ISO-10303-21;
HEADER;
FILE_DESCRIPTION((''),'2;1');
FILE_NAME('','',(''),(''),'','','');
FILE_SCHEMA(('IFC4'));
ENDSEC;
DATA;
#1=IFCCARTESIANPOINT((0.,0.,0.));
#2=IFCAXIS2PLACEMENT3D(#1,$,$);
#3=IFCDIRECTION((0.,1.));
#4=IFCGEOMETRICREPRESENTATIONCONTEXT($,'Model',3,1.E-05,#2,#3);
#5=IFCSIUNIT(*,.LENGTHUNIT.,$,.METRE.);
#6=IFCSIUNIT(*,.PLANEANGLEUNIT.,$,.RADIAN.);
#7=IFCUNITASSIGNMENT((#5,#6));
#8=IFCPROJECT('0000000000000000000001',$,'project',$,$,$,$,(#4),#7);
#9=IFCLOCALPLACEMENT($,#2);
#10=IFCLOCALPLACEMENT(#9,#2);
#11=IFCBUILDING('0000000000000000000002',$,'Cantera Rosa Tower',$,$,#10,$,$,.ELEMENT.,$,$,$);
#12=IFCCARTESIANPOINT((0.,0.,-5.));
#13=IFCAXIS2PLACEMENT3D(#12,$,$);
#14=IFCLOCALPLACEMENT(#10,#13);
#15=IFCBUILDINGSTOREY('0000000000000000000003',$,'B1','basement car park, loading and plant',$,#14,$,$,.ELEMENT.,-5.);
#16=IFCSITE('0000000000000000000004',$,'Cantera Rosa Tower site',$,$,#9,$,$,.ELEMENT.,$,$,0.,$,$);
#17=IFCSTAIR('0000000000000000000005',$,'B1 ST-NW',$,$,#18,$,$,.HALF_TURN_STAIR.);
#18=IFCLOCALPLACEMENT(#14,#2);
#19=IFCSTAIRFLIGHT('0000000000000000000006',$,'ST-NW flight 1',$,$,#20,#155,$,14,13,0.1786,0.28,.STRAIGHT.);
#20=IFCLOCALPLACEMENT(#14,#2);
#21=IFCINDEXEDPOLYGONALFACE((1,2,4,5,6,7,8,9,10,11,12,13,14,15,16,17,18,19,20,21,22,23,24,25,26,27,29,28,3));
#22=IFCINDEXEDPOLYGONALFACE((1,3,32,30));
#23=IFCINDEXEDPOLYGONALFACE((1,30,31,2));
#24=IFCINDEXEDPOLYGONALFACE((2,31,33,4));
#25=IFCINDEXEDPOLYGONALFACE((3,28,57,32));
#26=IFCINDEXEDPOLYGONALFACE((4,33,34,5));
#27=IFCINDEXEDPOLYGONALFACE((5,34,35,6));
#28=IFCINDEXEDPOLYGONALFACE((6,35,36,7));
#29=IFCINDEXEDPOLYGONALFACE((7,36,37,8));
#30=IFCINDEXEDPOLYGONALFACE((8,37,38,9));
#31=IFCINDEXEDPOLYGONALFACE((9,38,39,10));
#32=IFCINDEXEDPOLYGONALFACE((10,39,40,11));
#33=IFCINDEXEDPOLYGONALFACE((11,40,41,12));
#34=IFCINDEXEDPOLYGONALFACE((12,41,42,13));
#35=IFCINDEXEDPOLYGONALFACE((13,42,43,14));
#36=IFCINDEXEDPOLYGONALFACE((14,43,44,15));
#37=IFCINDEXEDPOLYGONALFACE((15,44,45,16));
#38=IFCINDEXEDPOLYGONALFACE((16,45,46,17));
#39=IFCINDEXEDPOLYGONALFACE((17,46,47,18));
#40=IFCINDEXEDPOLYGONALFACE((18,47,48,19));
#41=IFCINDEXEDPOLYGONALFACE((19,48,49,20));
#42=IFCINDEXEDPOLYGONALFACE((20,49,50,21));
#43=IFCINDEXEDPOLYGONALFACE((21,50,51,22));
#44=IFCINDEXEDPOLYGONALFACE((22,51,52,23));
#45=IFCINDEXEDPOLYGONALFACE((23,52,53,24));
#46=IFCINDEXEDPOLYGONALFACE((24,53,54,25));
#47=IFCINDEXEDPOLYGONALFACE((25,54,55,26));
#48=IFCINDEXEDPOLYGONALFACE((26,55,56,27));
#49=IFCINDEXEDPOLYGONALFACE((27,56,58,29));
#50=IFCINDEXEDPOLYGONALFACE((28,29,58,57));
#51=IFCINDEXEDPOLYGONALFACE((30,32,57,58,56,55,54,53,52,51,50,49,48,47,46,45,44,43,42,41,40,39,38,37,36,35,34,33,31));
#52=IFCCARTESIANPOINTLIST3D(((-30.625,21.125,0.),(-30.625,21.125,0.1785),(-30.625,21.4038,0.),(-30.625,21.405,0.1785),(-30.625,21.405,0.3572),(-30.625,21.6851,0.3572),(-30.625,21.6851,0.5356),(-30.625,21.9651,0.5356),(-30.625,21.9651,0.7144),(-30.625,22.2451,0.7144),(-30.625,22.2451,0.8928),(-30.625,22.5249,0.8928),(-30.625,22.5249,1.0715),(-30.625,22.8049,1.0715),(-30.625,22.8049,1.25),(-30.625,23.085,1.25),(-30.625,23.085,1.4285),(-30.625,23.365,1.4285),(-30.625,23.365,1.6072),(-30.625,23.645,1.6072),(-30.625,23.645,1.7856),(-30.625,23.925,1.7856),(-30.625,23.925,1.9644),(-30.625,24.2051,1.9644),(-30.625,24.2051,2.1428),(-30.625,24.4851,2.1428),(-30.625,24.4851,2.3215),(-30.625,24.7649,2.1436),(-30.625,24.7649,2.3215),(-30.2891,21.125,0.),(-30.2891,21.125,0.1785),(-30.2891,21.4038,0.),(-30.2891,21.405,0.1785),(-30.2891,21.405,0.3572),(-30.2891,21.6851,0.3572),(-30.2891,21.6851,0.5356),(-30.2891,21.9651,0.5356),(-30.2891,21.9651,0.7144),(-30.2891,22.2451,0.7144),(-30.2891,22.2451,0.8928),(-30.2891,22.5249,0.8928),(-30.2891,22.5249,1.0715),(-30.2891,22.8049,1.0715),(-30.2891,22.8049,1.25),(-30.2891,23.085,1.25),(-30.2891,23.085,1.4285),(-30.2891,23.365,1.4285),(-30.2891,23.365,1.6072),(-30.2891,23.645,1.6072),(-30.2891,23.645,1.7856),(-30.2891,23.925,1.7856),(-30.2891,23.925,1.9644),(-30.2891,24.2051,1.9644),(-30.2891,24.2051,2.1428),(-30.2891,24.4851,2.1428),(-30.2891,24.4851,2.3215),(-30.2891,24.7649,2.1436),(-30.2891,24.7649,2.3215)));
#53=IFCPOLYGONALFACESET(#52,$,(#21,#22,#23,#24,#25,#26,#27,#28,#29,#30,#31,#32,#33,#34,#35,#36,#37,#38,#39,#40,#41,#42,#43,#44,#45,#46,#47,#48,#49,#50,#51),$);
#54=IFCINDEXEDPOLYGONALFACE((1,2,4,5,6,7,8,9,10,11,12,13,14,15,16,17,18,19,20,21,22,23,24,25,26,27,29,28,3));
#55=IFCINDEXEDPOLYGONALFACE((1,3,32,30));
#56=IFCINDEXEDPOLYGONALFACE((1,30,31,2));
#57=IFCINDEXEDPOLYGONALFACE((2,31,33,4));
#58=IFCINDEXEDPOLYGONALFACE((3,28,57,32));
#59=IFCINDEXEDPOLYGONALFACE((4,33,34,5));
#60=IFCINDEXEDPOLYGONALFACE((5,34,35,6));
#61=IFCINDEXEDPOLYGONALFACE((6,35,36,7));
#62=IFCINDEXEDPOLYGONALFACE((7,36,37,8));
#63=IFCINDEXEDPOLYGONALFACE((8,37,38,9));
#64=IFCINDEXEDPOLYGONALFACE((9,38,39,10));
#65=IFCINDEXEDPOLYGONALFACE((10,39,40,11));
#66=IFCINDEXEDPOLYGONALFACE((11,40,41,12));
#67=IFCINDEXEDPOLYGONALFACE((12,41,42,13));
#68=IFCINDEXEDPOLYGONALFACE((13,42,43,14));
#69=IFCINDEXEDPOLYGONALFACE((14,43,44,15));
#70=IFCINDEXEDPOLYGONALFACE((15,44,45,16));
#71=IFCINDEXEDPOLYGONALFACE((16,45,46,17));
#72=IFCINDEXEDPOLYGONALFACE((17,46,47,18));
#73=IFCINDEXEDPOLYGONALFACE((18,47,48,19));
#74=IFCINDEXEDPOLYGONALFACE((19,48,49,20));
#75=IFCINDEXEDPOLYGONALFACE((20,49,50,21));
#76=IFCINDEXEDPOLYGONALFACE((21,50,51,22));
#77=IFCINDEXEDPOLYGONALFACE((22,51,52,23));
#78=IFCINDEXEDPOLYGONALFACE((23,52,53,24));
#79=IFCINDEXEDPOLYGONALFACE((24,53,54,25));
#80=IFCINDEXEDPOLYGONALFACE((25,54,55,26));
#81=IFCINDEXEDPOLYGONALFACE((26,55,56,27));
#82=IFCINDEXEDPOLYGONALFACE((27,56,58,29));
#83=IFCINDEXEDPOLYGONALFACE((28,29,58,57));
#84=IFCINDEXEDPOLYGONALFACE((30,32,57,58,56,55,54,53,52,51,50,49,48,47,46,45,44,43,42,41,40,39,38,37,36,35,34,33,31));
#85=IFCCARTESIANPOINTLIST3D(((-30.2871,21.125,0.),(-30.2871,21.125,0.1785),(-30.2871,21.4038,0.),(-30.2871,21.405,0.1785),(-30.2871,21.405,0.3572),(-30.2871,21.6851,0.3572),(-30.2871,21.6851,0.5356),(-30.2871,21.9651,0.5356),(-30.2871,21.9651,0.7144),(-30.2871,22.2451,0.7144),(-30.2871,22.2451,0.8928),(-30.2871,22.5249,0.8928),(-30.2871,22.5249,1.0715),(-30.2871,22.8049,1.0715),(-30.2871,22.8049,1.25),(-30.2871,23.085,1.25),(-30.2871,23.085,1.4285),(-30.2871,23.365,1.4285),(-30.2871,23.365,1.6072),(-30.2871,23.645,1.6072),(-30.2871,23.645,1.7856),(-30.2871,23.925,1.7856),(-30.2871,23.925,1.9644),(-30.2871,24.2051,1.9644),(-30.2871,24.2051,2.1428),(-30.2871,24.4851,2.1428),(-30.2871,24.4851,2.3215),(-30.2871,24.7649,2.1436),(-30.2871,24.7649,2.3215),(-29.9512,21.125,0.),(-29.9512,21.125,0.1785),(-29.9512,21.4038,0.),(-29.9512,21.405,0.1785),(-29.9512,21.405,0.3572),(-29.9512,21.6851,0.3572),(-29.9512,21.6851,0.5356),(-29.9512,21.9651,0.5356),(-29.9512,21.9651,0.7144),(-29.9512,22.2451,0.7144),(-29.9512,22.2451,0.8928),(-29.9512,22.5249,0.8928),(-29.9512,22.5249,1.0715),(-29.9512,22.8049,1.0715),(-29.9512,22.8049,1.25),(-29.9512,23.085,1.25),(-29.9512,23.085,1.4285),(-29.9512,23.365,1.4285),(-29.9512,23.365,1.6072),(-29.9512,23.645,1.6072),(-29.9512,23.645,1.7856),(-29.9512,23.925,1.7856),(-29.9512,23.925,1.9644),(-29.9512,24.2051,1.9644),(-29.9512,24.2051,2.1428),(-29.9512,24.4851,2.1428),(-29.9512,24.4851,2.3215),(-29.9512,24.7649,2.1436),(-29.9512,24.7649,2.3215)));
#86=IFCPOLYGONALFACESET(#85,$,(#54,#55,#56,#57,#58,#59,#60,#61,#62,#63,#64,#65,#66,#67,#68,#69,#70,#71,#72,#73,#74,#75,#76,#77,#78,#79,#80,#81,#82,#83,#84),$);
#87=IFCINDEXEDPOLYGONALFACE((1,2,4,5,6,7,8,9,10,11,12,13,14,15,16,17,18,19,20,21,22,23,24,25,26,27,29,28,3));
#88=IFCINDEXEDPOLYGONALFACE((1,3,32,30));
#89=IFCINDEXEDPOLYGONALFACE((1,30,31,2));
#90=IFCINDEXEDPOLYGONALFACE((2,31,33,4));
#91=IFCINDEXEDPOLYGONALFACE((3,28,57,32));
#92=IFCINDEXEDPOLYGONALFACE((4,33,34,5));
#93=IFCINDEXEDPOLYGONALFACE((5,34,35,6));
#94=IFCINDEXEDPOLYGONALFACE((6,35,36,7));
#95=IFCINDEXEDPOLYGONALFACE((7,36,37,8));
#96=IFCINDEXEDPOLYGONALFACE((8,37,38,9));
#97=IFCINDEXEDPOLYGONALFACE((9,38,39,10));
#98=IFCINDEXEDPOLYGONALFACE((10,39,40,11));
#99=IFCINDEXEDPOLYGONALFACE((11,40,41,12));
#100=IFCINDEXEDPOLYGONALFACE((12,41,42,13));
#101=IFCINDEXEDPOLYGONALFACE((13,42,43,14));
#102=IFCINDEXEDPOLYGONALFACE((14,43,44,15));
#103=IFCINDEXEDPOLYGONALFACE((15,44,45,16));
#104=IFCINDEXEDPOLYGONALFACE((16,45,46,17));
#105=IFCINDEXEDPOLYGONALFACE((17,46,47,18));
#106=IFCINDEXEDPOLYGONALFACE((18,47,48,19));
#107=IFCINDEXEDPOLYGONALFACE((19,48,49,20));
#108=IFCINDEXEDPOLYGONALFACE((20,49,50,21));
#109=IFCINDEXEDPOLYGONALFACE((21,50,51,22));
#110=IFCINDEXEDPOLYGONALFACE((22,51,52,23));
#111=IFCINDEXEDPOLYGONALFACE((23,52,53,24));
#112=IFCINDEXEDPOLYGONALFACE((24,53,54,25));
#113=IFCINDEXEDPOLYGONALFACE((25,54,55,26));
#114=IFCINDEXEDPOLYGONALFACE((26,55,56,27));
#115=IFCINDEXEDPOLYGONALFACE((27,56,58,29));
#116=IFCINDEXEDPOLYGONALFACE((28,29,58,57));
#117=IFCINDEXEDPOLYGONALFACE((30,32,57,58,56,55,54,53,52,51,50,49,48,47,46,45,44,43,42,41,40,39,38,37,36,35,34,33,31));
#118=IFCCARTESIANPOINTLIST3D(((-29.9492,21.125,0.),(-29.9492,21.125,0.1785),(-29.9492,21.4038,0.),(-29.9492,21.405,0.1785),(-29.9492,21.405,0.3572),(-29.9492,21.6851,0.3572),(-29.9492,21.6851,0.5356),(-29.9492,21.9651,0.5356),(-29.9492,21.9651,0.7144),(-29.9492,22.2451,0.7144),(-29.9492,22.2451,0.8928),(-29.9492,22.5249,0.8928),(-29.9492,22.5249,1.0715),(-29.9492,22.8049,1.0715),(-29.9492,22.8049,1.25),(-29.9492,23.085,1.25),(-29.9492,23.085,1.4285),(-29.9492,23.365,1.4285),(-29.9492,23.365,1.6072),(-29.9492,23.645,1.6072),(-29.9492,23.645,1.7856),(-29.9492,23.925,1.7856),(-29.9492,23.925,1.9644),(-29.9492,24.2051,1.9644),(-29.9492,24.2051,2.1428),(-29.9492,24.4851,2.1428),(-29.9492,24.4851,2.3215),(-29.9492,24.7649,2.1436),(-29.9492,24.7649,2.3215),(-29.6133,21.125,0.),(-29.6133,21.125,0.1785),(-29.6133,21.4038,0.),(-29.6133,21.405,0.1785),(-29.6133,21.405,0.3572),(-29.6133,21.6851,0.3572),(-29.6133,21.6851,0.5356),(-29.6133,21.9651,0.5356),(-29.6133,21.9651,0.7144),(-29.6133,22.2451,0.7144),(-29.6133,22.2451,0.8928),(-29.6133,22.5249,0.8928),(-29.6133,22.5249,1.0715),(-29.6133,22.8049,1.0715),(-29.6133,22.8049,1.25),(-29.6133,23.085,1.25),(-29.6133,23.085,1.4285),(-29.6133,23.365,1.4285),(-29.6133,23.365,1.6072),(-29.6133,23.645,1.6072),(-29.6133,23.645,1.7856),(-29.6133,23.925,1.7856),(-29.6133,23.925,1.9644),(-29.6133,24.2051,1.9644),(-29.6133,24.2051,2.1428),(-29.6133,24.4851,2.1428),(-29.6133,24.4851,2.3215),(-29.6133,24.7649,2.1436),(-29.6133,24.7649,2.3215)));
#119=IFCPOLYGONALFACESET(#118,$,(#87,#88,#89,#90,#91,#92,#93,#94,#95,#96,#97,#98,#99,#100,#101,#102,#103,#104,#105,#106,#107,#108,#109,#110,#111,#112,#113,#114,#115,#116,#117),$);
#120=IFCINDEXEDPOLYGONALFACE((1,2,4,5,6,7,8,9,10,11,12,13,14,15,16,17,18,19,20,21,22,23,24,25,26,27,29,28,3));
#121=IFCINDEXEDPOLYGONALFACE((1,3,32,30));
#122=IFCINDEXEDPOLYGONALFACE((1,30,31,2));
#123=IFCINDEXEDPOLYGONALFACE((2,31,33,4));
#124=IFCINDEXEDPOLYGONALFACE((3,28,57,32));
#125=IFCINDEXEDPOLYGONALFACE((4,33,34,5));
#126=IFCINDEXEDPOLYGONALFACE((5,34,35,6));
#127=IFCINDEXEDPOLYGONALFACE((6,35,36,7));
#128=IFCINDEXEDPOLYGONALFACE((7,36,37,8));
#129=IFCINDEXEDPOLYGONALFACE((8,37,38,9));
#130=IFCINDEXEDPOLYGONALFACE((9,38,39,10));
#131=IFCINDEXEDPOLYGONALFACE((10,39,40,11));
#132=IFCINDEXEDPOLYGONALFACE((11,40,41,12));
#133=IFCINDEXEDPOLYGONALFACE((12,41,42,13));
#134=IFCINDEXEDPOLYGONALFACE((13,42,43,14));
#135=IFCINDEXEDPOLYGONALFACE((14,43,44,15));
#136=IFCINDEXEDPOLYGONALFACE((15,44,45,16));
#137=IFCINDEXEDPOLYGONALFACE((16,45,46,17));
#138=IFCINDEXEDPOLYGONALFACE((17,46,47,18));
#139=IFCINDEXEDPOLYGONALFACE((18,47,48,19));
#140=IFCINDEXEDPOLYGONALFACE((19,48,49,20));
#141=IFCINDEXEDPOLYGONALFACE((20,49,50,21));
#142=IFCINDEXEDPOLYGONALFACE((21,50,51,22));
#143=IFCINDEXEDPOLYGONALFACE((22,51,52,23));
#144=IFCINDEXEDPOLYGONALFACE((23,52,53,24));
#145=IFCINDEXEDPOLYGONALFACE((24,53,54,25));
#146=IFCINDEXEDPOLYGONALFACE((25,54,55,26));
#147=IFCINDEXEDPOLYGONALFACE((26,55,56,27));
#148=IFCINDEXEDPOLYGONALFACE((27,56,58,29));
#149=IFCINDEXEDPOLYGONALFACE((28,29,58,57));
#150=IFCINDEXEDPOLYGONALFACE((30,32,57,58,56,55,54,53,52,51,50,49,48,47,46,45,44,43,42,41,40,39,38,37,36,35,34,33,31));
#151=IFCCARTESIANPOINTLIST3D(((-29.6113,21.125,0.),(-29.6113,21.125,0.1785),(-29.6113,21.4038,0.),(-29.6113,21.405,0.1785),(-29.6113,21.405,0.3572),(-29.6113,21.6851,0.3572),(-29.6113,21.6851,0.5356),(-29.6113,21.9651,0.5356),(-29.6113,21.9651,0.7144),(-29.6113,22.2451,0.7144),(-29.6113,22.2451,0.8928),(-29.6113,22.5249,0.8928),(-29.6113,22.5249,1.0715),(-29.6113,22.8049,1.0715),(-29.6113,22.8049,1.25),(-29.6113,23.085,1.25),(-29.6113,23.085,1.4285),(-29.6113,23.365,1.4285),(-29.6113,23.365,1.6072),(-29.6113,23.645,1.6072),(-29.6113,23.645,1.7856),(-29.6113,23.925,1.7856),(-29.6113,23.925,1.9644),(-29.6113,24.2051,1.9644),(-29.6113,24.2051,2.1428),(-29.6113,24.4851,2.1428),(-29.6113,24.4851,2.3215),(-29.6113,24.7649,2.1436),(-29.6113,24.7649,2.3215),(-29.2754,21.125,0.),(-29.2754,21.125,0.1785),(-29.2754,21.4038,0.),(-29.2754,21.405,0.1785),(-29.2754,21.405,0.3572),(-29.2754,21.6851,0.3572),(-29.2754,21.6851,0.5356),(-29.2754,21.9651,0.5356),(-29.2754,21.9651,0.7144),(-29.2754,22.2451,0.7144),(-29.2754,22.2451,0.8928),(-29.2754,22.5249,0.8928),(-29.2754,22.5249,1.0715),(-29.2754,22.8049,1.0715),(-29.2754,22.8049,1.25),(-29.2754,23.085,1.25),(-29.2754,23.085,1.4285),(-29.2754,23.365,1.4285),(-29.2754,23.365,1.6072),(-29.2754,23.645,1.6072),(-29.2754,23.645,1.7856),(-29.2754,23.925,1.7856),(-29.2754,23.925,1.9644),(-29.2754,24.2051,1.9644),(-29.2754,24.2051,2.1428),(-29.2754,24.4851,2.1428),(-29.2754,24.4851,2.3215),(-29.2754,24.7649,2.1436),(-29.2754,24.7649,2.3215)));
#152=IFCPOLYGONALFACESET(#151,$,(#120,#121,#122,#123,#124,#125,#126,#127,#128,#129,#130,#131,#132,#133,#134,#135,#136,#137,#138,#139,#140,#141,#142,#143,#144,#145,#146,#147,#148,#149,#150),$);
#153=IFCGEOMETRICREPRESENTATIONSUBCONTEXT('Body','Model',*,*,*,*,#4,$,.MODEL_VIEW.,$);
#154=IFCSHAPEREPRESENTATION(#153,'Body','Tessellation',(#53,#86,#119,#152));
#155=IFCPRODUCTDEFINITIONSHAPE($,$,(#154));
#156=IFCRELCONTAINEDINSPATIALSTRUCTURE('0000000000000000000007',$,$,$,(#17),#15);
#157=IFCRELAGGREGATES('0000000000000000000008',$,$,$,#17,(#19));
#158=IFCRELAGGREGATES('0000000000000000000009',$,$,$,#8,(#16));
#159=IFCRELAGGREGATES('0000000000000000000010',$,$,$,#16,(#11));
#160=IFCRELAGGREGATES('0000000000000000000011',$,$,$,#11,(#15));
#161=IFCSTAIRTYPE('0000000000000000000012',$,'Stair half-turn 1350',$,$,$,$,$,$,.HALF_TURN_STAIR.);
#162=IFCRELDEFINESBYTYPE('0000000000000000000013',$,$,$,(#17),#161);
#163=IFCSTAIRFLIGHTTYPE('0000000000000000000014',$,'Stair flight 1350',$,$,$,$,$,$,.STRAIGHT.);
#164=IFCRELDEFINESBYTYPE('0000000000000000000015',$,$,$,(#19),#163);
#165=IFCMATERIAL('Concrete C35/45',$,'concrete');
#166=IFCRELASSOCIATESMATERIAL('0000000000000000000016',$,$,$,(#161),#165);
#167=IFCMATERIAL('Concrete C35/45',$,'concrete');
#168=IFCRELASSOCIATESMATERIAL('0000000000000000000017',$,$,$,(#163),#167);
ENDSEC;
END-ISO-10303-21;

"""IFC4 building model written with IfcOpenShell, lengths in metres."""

from ifc_helpers import new_model, si_unit, direction, frame, origin, place, context, subcontext, project, spatial, polyline, outline, extrude, material, type_object, element, aggregate, save


model = new_model("IFC4")

# Units and contexts
model_context = context("Model", 3, precision=1e-05, world=origin(), true_north=direction((0.0, 1.0)))
body_context = subcontext(model_context, "Body", "Model", "MODEL_VIEW")
ifc_project = project(units=[si_unit("LENGTHUNIT", "METRE"), si_unit("PLANEANGLEUNIT", "RADIAN")], contexts=[model_context])

# Site, building, storey
site_placement = place(None, origin())
site = spatial("IfcSite", under=ifc_project, at=site_placement, Name="Cantera Rosa Tower site", CompositionType="ELEMENT", RefElevation=0.0)
building_placement = place(site_placement, origin())
building = spatial("IfcBuilding", under=site, at=building_placement, Name="Cantera Rosa Tower", CompositionType="ELEMENT")
storey_placement = place(building_placement, frame((0.0, 0.0, -5.0)))
storey = spatial("IfcBuildingStorey", under=building, at=storey_placement, Name="B1", Description="basement car park, loading and plant", CompositionType="ELEMENT", Elevation=-5.0)

# Stair, stair flight
ifc_material_1 = material(Name="Concrete C35/45", Category="concrete")
stair_type = type_object("IfcStairType", Name="Stair half-turn 1350", PredefinedType="HALF_TURN_STAIR", material=ifc_material_1)
stair_placement = place(storey_placement, origin())
stair = element("IfcStair", 1, at=stair_placement, inside=storey, type_object=stair_type, Name="B1 ST-NW", PredefinedType="HALF_TURN_STAIR")
ifc_material_2 = material(Name="Concrete C35/45", Category="concrete")
stair_flight_type = type_object("IfcStairFlightType", Name="Stair flight 1350", PredefinedType="STRAIGHT", material=ifc_material_2)
stair_flight_1_placement = place(storey_placement, frame((-29.95, 21.125, 0.0), z_axis=(0.0, 0.0, 1.0), x_axis=(0.0, 1.0, 0.0)))
stair_flight_1 = element("IfcStairFlight", 2, at=stair_flight_1_placement, type_object=stair_flight_type, Name="ST-NW flight 1", NumberOfRisers=14, NumberOfTreads=13, PredefinedType="STRAIGHT", RiserHeight=0.1786, TreadLength=0.28, context=body_context, shape_type="SweptSolid", body=[
    extrude(outline(polyline([(0.0, 0.0), (0.0, 0.1785), (0.28, 0.1785), (0.28, 0.3572), (0.5601, 0.3572), (0.5601, 0.5356), (0.8401, 0.5356), (0.8401, 0.7144), (1.1201, 0.7144), (1.1201, 0.8928), (1.3999, 0.8928), (1.3999, 1.0715), (1.6799, 1.0715), (1.6799, 1.25), (1.96, 1.25), (1.96, 1.4285), (2.24, 1.4285), (2.24, 1.6072), (2.52, 1.6072), (2.52, 1.7856), (2.8, 1.7856), (2.8, 1.9644), (3.0801, 1.9644), (3.0801, 2.1428), (3.3601, 2.1428), (3.3601, 2.3215), (3.6399, 2.3215), (3.6399, 2.5), (3.6399, 2.1436), (0.2788, 0.0), (0.0, 0.0)])), frame((0.0, 0.675, 0.0), z_axis=(0.0, -1.0, 0.0), x_axis=(1.0, 0.0, 0.0)), (0.0, 0.0, 1.0), 0.3359),
    extrude(outline(polyline([(0.0, 0.0), (0.0, 0.1785), (0.28, 0.1785), (0.28, 0.3572), (0.5601, 0.3572), (0.5601, 0.5356), (0.8401, 0.5356), (0.8401, 0.7144), (1.1201, 0.7144), (1.1201, 0.8928), (1.3999, 0.8928), (1.3999, 1.0715), (1.6799, 1.0715), (1.6799, 1.25), (1.96, 1.25), (1.96, 1.4285), (2.24, 1.4285), (2.24, 1.6072), (2.52, 1.6072), (2.52, 1.7856), (2.8, 1.7856), (2.8, 1.9644), (3.0801, 1.9644), (3.0801, 2.1428), (3.3601, 2.1428), (3.3601, 2.3215), (3.6399, 2.3215), (3.6399, 2.5), (3.6399, 2.1436), (0.2788, 0.0), (0.0, 0.0)])), frame((0.0, 0.3372, 0.0), z_axis=(0.0, -1.0, 0.0), x_axis=(1.0, 0.0, 0.0)), (0.0, 0.0, 1.0), 0.3359),
    extrude(outline(polyline([(0.0, 0.0), (0.0, 0.1785), (0.28, 0.1785), (0.28, 0.3572), (0.5601, 0.3572), (0.5601, 0.5356), (0.8401, 0.5356), (0.8401, 0.7144), (1.1201, 0.7144), (1.1201, 0.8928), (1.3999, 0.8928), (1.3999, 1.0715), (1.6799, 1.0715), (1.6799, 1.25), (1.96, 1.25), (1.96, 1.4285), (2.24, 1.4285), (2.24, 1.6072), (2.52, 1.6072), (2.52, 1.7856), (2.8, 1.7856), (2.8, 1.9644), (3.0801, 1.9644), (3.0801, 2.1428), (3.3601, 2.1428), (3.3601, 2.3215), (3.6399, 2.3215), (3.6399, 2.5), (3.6399, 2.1436), (0.2788, 0.0), (0.0, 0.0)])), frame((0.0, -0.0007, 0.0), z_axis=(0.0, -1.0, 0.0), x_axis=(1.0, 0.0, 0.0)), (0.0, 0.0, 1.0), 0.3359),
    extrude(outline(polyline([(0.0, 0.0), (0.0, 0.1785), (0.28, 0.1785), (0.28, 0.3572), (0.5601, 0.3572), (0.5601, 0.5356), (0.8401, 0.5356), (0.8401, 0.7144), (1.1201, 0.7144), (1.1201, 0.8928), (1.3999, 0.8928), (1.3999, 1.0715), (1.6799, 1.0715), (1.6799, 1.25), (1.96, 1.25), (1.96, 1.4285), (2.24, 1.4285), (2.24, 1.6072), (2.52, 1.6072), (2.52, 1.7856), (2.8, 1.7856), (2.8, 1.9644), (3.0801, 1.9644), (3.0801, 2.1428), (3.3601, 2.1428), (3.3601, 2.3215), (3.6399, 2.3215), (3.6399, 2.5), (3.6399, 2.1436), (0.2788, 0.0), (0.0, 0.0)])), frame((0.0, -0.3386, 0.0), z_axis=(0.0, -1.0, 0.0), x_axis=(1.0, 0.0, 0.0)), (0.0, 0.0, 1.0), 0.3359),
])
aggregate(stair, [stair_flight_1])

save(model, "model.ifc")
